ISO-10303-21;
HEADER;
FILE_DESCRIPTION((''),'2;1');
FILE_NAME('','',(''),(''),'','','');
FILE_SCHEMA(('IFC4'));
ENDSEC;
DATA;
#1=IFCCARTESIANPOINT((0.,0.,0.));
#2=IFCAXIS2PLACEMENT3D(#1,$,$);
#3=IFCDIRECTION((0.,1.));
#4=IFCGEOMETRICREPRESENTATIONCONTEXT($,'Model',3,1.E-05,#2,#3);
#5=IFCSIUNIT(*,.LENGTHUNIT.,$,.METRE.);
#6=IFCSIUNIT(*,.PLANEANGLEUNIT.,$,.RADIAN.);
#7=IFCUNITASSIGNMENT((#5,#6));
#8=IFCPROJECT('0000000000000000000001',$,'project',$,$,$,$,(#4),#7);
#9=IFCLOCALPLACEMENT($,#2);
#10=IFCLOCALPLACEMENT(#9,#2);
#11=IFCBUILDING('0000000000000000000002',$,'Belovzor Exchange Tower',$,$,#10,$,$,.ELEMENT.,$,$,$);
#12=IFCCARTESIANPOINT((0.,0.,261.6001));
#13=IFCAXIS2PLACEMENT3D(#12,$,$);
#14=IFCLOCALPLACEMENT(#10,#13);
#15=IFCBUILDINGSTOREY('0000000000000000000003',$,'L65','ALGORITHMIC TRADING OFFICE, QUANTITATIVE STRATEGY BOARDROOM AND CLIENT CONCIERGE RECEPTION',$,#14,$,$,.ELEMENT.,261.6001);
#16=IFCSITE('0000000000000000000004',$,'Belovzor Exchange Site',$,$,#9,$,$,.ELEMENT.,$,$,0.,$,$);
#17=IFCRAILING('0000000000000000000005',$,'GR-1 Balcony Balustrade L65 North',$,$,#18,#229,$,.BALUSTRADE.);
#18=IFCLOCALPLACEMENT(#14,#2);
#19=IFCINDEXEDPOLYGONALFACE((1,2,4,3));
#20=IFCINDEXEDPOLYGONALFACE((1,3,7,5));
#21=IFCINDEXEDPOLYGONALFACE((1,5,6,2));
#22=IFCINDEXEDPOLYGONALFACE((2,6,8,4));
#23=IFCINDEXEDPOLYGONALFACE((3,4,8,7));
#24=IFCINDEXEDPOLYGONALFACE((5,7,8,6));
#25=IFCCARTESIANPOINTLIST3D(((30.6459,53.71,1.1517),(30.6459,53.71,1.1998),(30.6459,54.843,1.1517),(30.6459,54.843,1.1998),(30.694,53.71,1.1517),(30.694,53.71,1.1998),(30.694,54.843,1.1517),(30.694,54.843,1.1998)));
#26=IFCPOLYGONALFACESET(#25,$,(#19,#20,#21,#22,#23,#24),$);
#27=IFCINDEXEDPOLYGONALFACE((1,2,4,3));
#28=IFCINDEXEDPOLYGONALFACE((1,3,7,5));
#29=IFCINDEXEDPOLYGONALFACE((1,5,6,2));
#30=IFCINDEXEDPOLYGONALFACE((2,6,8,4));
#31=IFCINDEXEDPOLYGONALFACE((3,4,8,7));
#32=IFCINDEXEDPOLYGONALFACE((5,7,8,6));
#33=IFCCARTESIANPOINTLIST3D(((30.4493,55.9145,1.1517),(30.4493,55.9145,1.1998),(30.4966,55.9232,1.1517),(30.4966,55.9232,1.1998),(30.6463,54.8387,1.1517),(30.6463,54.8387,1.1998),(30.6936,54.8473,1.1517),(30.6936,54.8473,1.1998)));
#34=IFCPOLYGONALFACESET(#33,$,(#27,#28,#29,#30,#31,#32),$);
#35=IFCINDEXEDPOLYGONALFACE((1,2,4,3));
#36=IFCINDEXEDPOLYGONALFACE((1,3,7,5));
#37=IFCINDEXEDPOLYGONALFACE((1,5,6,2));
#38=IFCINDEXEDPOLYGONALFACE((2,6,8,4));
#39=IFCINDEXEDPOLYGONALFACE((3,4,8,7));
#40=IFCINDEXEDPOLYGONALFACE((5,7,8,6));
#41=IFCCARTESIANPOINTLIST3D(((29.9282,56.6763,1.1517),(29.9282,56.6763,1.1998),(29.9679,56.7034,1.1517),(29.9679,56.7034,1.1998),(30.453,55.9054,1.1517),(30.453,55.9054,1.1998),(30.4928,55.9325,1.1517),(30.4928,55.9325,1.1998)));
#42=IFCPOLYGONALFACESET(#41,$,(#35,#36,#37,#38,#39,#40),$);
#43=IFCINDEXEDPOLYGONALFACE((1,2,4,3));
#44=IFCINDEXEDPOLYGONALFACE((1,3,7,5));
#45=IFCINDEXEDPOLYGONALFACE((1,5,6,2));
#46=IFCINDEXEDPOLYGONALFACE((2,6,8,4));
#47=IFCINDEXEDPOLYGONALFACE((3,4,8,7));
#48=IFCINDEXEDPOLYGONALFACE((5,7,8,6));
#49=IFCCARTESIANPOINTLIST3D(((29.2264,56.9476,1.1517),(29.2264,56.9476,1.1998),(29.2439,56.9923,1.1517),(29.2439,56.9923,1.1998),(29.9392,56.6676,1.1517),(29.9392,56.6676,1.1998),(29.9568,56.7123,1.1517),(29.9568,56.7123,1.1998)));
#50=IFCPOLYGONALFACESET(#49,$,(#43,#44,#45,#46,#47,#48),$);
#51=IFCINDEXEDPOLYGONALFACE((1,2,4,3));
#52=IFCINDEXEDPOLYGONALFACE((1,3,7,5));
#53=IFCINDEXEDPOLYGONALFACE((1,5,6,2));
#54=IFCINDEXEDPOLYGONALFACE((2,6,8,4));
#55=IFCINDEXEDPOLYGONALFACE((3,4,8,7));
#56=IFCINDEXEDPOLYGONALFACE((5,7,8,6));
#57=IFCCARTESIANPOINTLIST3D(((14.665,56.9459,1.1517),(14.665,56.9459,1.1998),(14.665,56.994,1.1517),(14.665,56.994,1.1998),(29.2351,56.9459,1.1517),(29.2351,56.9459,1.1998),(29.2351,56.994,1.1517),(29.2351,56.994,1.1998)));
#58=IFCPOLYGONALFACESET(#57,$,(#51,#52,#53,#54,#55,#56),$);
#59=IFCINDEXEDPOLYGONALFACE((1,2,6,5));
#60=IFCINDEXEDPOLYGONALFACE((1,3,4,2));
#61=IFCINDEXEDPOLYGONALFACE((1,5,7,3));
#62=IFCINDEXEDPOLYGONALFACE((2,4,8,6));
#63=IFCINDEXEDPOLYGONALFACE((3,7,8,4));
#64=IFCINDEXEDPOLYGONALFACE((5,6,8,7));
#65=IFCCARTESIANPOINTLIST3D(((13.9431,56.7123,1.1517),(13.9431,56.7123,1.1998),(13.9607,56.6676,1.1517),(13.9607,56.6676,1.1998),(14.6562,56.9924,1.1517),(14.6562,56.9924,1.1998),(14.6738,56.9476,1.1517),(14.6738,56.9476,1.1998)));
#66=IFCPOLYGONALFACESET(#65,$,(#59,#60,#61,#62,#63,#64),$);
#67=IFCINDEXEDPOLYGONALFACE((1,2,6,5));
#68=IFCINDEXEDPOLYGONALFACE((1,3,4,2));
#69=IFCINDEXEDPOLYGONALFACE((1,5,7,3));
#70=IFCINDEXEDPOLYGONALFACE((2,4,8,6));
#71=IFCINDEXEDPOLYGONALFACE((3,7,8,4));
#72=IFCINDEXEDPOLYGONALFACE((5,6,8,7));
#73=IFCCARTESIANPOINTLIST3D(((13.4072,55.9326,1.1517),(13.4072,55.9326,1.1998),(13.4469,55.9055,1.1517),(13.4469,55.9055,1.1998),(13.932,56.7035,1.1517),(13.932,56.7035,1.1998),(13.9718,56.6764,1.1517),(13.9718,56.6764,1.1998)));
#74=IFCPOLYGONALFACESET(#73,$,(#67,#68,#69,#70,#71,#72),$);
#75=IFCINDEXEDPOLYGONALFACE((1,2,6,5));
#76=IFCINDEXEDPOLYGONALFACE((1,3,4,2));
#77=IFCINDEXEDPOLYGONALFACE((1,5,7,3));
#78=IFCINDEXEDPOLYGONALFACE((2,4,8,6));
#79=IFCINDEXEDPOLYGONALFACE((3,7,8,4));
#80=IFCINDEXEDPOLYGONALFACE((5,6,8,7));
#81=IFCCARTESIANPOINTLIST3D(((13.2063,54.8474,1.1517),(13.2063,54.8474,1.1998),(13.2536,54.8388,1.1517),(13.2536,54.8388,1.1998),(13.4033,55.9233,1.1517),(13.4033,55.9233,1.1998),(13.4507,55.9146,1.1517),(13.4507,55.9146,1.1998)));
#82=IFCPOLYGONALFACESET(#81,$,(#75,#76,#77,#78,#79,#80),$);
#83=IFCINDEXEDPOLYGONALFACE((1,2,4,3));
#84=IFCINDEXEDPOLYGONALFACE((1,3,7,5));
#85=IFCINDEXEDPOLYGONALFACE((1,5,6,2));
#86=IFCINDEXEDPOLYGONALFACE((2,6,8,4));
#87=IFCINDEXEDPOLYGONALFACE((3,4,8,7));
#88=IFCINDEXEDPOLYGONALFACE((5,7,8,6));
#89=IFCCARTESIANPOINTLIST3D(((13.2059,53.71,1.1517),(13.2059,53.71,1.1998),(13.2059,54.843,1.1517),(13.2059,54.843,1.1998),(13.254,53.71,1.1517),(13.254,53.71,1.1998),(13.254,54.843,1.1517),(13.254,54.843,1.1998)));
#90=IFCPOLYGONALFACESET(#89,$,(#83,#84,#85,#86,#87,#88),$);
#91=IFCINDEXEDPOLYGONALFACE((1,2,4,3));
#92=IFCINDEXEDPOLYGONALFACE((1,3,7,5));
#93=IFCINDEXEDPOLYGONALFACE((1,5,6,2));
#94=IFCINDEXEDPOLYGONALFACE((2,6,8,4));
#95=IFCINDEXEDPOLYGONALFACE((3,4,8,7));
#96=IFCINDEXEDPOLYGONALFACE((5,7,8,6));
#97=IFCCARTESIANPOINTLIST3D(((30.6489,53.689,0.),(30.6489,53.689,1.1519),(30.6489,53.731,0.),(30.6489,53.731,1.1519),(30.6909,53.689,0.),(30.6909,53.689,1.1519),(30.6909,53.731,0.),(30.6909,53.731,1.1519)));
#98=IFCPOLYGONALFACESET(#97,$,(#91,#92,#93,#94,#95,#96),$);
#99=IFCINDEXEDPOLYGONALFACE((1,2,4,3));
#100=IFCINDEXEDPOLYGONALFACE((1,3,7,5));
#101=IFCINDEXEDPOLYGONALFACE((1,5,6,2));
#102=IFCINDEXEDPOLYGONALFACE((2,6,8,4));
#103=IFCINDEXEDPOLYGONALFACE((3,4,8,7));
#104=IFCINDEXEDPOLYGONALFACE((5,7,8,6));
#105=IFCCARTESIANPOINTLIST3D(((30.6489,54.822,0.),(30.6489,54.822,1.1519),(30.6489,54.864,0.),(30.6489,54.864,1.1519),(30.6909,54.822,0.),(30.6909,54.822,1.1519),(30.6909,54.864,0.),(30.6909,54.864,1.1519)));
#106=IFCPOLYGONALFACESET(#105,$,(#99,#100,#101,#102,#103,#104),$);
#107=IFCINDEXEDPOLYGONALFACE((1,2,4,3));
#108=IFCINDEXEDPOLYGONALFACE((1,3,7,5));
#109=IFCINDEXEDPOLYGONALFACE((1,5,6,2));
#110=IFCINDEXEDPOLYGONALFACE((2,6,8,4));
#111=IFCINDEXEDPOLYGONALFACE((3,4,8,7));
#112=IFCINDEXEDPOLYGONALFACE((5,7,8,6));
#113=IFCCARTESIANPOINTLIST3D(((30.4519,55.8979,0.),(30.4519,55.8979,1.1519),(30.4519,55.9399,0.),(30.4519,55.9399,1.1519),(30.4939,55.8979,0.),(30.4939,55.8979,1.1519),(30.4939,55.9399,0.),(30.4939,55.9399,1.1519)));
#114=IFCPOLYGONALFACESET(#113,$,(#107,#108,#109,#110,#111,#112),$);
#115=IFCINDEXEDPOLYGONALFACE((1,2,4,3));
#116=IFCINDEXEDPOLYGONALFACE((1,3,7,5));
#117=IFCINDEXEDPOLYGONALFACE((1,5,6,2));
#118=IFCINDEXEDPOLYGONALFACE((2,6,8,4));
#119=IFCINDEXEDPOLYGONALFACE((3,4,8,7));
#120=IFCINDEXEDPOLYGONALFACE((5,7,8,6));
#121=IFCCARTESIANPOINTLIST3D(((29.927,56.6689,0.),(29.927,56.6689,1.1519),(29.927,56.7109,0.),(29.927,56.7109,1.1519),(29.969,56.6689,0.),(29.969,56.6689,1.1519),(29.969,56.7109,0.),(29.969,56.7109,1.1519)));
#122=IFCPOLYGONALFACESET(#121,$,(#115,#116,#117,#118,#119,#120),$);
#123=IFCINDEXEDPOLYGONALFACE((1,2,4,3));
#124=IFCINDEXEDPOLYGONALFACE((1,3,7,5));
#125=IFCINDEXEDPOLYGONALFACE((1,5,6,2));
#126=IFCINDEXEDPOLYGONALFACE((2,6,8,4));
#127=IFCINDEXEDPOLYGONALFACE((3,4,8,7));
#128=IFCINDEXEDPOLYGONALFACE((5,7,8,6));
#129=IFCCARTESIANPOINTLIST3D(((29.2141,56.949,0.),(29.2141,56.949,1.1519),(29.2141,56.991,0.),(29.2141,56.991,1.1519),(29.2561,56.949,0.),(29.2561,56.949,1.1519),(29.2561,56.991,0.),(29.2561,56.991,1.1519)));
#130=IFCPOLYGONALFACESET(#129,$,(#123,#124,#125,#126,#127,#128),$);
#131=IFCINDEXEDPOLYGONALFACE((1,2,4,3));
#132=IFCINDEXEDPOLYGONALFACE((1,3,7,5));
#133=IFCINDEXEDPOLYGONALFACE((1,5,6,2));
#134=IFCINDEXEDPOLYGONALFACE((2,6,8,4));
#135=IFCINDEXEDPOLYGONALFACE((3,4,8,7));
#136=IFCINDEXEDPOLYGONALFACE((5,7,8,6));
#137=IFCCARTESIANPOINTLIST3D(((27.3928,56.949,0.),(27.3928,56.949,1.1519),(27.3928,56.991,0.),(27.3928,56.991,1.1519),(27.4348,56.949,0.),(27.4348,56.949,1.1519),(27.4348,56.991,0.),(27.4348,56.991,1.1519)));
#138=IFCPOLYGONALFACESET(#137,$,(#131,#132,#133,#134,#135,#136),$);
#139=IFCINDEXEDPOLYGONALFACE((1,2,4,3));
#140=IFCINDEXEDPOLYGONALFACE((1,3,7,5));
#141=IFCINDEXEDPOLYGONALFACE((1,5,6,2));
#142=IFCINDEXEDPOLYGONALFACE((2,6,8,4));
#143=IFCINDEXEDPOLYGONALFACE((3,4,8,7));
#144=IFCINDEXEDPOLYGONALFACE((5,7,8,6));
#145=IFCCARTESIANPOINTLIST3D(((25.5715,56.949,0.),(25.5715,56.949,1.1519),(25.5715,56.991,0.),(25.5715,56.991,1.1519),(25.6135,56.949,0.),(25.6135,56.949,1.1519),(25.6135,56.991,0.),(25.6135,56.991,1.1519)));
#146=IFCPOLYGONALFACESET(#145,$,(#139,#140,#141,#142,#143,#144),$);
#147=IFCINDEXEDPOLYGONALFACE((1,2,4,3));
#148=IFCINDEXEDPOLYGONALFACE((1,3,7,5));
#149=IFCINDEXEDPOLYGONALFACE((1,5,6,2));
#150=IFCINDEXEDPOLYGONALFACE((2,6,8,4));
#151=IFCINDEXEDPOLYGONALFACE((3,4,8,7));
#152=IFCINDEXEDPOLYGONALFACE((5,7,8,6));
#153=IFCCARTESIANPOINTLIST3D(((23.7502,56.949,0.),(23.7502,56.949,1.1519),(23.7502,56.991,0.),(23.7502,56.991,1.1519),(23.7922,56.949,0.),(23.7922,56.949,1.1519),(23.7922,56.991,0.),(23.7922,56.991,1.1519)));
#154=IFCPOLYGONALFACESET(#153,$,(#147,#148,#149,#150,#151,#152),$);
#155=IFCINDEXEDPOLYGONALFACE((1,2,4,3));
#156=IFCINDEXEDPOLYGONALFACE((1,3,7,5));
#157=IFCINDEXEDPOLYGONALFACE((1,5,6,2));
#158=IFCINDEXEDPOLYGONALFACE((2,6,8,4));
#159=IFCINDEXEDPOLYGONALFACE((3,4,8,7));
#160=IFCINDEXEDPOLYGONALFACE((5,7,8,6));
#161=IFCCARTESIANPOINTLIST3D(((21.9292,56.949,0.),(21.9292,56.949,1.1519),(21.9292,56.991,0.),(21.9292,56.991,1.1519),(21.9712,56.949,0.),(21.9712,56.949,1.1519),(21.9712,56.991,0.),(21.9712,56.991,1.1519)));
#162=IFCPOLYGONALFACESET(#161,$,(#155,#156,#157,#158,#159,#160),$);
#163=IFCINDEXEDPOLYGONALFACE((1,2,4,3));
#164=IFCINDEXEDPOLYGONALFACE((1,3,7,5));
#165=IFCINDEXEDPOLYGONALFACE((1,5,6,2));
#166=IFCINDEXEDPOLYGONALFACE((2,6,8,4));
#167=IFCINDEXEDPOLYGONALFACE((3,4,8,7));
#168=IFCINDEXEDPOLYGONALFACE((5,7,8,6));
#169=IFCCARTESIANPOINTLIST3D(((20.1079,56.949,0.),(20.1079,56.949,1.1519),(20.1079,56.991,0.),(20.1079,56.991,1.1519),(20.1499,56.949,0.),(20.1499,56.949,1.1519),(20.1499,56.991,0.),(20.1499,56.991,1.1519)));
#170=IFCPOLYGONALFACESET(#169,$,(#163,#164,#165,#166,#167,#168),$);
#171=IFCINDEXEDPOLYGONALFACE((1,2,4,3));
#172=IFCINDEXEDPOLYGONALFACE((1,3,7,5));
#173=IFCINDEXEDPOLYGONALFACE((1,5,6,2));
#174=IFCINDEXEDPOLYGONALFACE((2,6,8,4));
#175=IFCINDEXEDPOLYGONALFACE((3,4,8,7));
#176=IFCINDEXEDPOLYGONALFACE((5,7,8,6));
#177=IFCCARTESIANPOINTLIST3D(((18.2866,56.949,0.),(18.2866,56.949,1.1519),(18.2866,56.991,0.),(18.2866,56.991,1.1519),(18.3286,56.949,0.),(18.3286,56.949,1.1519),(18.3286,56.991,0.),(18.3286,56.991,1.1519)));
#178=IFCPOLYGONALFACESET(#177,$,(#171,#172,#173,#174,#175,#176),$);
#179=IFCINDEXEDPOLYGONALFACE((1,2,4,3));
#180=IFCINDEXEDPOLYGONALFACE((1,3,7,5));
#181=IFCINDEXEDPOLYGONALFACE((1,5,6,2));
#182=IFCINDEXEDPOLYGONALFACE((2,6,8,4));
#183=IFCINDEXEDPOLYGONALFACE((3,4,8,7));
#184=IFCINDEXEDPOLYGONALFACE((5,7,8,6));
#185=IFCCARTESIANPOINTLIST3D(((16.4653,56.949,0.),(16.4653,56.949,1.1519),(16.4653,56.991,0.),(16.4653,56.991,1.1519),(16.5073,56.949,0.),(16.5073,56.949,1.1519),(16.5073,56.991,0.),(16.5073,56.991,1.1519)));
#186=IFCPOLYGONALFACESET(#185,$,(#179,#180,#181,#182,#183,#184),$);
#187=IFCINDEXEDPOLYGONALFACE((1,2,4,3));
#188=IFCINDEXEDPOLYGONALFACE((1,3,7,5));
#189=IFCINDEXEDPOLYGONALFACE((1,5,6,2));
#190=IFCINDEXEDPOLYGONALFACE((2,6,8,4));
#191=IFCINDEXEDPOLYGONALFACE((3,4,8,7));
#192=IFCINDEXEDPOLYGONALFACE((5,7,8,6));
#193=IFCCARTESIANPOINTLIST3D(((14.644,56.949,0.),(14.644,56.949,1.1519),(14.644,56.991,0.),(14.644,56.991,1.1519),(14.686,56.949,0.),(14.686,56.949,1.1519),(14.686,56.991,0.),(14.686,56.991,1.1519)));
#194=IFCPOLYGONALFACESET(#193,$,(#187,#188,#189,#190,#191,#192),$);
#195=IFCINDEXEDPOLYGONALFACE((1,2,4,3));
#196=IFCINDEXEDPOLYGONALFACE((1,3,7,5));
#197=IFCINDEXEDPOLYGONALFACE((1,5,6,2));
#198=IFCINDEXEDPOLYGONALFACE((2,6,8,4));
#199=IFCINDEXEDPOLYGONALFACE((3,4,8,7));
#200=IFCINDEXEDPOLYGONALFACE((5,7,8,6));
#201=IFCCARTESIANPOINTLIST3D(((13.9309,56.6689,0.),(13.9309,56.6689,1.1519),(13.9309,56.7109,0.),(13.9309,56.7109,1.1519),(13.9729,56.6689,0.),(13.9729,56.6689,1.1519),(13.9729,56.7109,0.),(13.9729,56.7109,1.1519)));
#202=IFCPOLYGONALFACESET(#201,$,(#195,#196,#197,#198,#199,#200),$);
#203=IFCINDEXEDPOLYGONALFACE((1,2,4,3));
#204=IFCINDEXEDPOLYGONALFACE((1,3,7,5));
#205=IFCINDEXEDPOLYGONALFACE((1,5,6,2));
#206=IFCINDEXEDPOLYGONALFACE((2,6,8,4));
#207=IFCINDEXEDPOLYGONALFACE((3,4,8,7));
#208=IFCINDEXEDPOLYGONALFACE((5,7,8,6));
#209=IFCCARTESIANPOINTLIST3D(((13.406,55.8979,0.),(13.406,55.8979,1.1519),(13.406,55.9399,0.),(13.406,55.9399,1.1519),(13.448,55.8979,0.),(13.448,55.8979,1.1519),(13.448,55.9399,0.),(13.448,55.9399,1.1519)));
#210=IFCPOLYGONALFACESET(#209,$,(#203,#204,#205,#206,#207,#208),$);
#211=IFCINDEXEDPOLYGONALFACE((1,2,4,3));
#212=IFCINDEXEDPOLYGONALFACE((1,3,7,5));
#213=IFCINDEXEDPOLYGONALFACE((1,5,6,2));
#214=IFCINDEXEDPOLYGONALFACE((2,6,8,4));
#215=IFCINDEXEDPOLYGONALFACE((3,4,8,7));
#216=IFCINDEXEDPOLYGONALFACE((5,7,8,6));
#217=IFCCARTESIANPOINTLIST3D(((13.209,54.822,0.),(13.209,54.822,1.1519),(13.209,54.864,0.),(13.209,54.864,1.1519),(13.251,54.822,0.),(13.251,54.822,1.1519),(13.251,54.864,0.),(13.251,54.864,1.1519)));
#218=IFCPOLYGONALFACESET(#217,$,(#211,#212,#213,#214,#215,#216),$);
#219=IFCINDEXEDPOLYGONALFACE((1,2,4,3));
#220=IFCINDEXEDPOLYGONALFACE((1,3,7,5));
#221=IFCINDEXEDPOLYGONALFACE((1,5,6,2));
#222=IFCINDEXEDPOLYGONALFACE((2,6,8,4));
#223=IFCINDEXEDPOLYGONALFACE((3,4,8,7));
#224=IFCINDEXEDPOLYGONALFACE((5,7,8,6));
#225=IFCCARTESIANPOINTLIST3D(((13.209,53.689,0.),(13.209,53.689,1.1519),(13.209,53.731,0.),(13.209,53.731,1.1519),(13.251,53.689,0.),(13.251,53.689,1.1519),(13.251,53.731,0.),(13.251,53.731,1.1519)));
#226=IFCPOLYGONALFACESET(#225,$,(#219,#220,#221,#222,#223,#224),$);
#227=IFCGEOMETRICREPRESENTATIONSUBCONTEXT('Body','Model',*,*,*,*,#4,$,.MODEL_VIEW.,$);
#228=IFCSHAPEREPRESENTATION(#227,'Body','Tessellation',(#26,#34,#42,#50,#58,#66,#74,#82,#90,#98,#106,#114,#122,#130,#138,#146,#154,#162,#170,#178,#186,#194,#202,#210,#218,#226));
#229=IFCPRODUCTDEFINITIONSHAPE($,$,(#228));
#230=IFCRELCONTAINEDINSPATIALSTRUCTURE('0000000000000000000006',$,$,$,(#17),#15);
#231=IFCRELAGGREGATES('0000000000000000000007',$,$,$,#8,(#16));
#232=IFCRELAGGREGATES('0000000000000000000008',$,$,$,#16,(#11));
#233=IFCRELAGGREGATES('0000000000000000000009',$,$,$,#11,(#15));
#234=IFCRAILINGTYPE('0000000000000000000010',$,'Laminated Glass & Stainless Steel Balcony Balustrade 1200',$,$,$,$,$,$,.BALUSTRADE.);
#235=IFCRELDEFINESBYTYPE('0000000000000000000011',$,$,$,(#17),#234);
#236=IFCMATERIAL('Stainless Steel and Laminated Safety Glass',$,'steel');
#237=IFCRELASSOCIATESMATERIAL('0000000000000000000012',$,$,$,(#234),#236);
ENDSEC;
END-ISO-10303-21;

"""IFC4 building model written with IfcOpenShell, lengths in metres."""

from ifc_helpers import new_model, si_unit, direction, frame, origin, origin_2d, place, context, subcontext, project, spatial, rectangle, extrude, material, type_object, element, save


model = new_model("IFC4")

# Units and contexts
model_context = context("Model", 3, precision=1e-05, world=origin(), true_north=direction((0.0, 1.0)))
body_context = subcontext(model_context, "Body", "Model", "MODEL_VIEW")
ifc_project = project(units=[si_unit("LENGTHUNIT", "METRE"), si_unit("PLANEANGLEUNIT", "RADIAN")], contexts=[model_context])

# Site, building, storey
site_placement = place(None, origin())
site = spatial("IfcSite", under=ifc_project, at=site_placement, Name="Belovzor Exchange Site", CompositionType="ELEMENT", RefElevation=0.0)
building_placement = place(site_placement, origin())
building = spatial("IfcBuilding", under=site, at=building_placement, Name="Belovzor Exchange Tower", CompositionType="ELEMENT")
storey_placement = place(building_placement, frame((0.0, 0.0, 261.6001)))
storey = spatial("IfcBuildingStorey", under=building, at=storey_placement, Name="L65", Description="ALGORITHMIC TRADING OFFICE, QUANTITATIVE STRATEGY BOARDROOM AND CLIENT CONCIERGE RECEPTION", CompositionType="ELEMENT", Elevation=261.6001)

# Railing
ifc_material_1 = material(Name="Stainless Steel and Laminated Safety Glass", Category="steel")
railing_type_1 = type_object("IfcRailingType", Name="Laminated Glass & Stainless Steel Balcony Balustrade 1200", PredefinedType="BALUSTRADE", material=ifc_material_1)
railing_1_placement = place(storey_placement, frame((30.6699, 53.71, 0.0)))
element("IfcRailing", 1, at=railing_1_placement, inside=storey, type_object=railing_type_1, Name="GR-1 Balcony Balustrade L65 North", PredefinedType="BALUSTRADE", context=body_context, shape_type="SweptSolid", body=[
    extrude(rectangle(XDim=0.0481, YDim=0.0481, at=origin_2d()), frame((0.0, 0.0, 1.1758), z_axis=(0.0, 1.0, 0.0), x_axis=(-1.0, 0.0, 0.0)), (0.0, 0.0, 1.0), 1.1331),
    extrude(rectangle(XDim=0.0481, YDim=0.0481, at=origin_2d()), frame((0.0, 1.1331, 1.1758), z_axis=(-0.180123, 0.983644, 0.0), x_axis=(-0.983644, -0.180123, 0.0)), (0.0, 0.0, 1.0), 1.0938),
    extrude(rectangle(XDim=0.0481, YDim=0.0481, at=origin_2d()), frame((-0.197, 2.209, 1.1758), z_axis=(-0.562768, 0.826615, 0.0), x_axis=(-0.826615, -0.562768, 0.0)), (0.0, 0.0, 1.0), 0.9326),
    extrude(rectangle(XDim=0.0481, YDim=0.0481, at=origin_2d()), frame((-0.7219, 2.98, 1.1758), z_axis=(-0.930767, 0.365613, 0.0), x_axis=(-0.365613, -0.930767, 0.0)), (0.0, 0.0, 1.0), 0.7659),
    extrude(rectangle(XDim=0.0481, YDim=0.0481, at=origin_2d()), frame((-1.4348, 3.26, 1.1758), z_axis=(-1.0, 0.0, 0.0), x_axis=(0.0, -1.0, 0.0)), (0.0, 0.0, 1.0), 14.5701),
    extrude(rectangle(XDim=0.0481, YDim=0.0481, at=origin_2d()), frame((-16.0049, 3.26, 1.1758), z_axis=(-0.93081, -0.365504, 0.0), x_axis=(0.365504, -0.93081, 0.0)), (0.0, 0.0, 1.0), 0.7661),
    extrude(rectangle(XDim=0.0481, YDim=0.0481, at=origin_2d()), frame((-16.718, 2.98, 1.1758), z_axis=(-0.562768, -0.826615, 0.0), x_axis=(0.826615, -0.562768, 0.0)), (0.0, 0.0, 1.0), 0.9326),
    extrude(rectangle(XDim=0.0481, YDim=0.0481, at=origin_2d()), frame((-17.2429, 2.209, 1.1758), z_axis=(-0.180123, -0.983644, 0.0), x_axis=(0.983644, -0.180123, 0.0)), (0.0, 0.0, 1.0), 1.0938),
    extrude(rectangle(XDim=0.0481, YDim=0.0481, at=origin_2d()), frame((-17.4399, 1.1331, 1.1758), z_axis=(0.0, -1.0, 0.0), x_axis=(1.0, 0.0, 0.0)), (0.0, 0.0, 1.0), 1.1331),
    extrude(rectangle(XDim=0.042, YDim=0.042, at=origin_2d()), origin(), (0.0, 0.0, 1.0), 1.1519),
    extrude(rectangle(XDim=0.042, YDim=0.042, at=origin_2d()), frame((0.0, 1.1331, 0.0)), (0.0, 0.0, 1.0), 1.1519),
    extrude(rectangle(XDim=0.042, YDim=0.042, at=origin_2d()), frame((-0.197, 2.209, 0.0)), (0.0, 0.0, 1.0), 1.1519),
    extrude(rectangle(XDim=0.042, YDim=0.042, at=origin_2d()), frame((-0.7219, 2.98, 0.0)), (0.0, 0.0, 1.0), 1.1519),
    extrude(rectangle(XDim=0.042, YDim=0.042, at=origin_2d()), frame((-1.4348, 3.26, 0.0)), (0.0, 0.0, 1.0), 1.1519),
    extrude(rectangle(XDim=0.042, YDim=0.042, at=origin_2d()), frame((-3.2561, 3.26, 0.0)), (0.0, 0.0, 1.0), 1.1519),
    extrude(rectangle(XDim=0.042, YDim=0.042, at=origin_2d()), frame((-5.0774, 3.26, 0.0)), (0.0, 0.0, 1.0), 1.1519),
    extrude(rectangle(XDim=0.042, YDim=0.042, at=origin_2d()), frame((-6.8987, 3.26, 0.0)), (0.0, 0.0, 1.0), 1.1519),
    extrude(rectangle(XDim=0.042, YDim=0.042, at=origin_2d()), frame((-8.7197, 3.26, 0.0)), (0.0, 0.0, 1.0), 1.1519),
    extrude(rectangle(XDim=0.042, YDim=0.042, at=origin_2d()), frame((-10.541, 3.26, 0.0)), (0.0, 0.0, 1.0), 1.1519),
    extrude(rectangle(XDim=0.042, YDim=0.042, at=origin_2d()), frame((-12.3623, 3.26, 0.0)), (0.0, 0.0, 1.0), 1.1519),
    extrude(rectangle(XDim=0.042, YDim=0.042, at=origin_2d()), frame((-14.1836, 3.26, 0.0)), (0.0, 0.0, 1.0), 1.1519),
    extrude(rectangle(XDim=0.042, YDim=0.042, at=origin_2d()), frame((-16.0049, 3.26, 0.0)), (0.0, 0.0, 1.0), 1.1519),
    extrude(rectangle(XDim=0.042, YDim=0.042, at=origin_2d()), frame((-16.718, 2.98, 0.0)), (0.0, 0.0, 1.0), 1.1519),
    extrude(rectangle(XDim=0.042, YDim=0.042, at=origin_2d()), frame((-17.2429, 2.209, 0.0)), (0.0, 0.0, 1.0), 1.1519),
    extrude(rectangle(XDim=0.042, YDim=0.042, at=origin_2d()), frame((-17.4399, 1.1331, 0.0)), (0.0, 0.0, 1.0), 1.1519),
    extrude(rectangle(XDim=0.042, YDim=0.042, at=origin_2d()), frame((-17.4399, 0.0, 0.0)), (0.0, 0.0, 1.0), 1.1519),
])

save(model, "model.ifc")
